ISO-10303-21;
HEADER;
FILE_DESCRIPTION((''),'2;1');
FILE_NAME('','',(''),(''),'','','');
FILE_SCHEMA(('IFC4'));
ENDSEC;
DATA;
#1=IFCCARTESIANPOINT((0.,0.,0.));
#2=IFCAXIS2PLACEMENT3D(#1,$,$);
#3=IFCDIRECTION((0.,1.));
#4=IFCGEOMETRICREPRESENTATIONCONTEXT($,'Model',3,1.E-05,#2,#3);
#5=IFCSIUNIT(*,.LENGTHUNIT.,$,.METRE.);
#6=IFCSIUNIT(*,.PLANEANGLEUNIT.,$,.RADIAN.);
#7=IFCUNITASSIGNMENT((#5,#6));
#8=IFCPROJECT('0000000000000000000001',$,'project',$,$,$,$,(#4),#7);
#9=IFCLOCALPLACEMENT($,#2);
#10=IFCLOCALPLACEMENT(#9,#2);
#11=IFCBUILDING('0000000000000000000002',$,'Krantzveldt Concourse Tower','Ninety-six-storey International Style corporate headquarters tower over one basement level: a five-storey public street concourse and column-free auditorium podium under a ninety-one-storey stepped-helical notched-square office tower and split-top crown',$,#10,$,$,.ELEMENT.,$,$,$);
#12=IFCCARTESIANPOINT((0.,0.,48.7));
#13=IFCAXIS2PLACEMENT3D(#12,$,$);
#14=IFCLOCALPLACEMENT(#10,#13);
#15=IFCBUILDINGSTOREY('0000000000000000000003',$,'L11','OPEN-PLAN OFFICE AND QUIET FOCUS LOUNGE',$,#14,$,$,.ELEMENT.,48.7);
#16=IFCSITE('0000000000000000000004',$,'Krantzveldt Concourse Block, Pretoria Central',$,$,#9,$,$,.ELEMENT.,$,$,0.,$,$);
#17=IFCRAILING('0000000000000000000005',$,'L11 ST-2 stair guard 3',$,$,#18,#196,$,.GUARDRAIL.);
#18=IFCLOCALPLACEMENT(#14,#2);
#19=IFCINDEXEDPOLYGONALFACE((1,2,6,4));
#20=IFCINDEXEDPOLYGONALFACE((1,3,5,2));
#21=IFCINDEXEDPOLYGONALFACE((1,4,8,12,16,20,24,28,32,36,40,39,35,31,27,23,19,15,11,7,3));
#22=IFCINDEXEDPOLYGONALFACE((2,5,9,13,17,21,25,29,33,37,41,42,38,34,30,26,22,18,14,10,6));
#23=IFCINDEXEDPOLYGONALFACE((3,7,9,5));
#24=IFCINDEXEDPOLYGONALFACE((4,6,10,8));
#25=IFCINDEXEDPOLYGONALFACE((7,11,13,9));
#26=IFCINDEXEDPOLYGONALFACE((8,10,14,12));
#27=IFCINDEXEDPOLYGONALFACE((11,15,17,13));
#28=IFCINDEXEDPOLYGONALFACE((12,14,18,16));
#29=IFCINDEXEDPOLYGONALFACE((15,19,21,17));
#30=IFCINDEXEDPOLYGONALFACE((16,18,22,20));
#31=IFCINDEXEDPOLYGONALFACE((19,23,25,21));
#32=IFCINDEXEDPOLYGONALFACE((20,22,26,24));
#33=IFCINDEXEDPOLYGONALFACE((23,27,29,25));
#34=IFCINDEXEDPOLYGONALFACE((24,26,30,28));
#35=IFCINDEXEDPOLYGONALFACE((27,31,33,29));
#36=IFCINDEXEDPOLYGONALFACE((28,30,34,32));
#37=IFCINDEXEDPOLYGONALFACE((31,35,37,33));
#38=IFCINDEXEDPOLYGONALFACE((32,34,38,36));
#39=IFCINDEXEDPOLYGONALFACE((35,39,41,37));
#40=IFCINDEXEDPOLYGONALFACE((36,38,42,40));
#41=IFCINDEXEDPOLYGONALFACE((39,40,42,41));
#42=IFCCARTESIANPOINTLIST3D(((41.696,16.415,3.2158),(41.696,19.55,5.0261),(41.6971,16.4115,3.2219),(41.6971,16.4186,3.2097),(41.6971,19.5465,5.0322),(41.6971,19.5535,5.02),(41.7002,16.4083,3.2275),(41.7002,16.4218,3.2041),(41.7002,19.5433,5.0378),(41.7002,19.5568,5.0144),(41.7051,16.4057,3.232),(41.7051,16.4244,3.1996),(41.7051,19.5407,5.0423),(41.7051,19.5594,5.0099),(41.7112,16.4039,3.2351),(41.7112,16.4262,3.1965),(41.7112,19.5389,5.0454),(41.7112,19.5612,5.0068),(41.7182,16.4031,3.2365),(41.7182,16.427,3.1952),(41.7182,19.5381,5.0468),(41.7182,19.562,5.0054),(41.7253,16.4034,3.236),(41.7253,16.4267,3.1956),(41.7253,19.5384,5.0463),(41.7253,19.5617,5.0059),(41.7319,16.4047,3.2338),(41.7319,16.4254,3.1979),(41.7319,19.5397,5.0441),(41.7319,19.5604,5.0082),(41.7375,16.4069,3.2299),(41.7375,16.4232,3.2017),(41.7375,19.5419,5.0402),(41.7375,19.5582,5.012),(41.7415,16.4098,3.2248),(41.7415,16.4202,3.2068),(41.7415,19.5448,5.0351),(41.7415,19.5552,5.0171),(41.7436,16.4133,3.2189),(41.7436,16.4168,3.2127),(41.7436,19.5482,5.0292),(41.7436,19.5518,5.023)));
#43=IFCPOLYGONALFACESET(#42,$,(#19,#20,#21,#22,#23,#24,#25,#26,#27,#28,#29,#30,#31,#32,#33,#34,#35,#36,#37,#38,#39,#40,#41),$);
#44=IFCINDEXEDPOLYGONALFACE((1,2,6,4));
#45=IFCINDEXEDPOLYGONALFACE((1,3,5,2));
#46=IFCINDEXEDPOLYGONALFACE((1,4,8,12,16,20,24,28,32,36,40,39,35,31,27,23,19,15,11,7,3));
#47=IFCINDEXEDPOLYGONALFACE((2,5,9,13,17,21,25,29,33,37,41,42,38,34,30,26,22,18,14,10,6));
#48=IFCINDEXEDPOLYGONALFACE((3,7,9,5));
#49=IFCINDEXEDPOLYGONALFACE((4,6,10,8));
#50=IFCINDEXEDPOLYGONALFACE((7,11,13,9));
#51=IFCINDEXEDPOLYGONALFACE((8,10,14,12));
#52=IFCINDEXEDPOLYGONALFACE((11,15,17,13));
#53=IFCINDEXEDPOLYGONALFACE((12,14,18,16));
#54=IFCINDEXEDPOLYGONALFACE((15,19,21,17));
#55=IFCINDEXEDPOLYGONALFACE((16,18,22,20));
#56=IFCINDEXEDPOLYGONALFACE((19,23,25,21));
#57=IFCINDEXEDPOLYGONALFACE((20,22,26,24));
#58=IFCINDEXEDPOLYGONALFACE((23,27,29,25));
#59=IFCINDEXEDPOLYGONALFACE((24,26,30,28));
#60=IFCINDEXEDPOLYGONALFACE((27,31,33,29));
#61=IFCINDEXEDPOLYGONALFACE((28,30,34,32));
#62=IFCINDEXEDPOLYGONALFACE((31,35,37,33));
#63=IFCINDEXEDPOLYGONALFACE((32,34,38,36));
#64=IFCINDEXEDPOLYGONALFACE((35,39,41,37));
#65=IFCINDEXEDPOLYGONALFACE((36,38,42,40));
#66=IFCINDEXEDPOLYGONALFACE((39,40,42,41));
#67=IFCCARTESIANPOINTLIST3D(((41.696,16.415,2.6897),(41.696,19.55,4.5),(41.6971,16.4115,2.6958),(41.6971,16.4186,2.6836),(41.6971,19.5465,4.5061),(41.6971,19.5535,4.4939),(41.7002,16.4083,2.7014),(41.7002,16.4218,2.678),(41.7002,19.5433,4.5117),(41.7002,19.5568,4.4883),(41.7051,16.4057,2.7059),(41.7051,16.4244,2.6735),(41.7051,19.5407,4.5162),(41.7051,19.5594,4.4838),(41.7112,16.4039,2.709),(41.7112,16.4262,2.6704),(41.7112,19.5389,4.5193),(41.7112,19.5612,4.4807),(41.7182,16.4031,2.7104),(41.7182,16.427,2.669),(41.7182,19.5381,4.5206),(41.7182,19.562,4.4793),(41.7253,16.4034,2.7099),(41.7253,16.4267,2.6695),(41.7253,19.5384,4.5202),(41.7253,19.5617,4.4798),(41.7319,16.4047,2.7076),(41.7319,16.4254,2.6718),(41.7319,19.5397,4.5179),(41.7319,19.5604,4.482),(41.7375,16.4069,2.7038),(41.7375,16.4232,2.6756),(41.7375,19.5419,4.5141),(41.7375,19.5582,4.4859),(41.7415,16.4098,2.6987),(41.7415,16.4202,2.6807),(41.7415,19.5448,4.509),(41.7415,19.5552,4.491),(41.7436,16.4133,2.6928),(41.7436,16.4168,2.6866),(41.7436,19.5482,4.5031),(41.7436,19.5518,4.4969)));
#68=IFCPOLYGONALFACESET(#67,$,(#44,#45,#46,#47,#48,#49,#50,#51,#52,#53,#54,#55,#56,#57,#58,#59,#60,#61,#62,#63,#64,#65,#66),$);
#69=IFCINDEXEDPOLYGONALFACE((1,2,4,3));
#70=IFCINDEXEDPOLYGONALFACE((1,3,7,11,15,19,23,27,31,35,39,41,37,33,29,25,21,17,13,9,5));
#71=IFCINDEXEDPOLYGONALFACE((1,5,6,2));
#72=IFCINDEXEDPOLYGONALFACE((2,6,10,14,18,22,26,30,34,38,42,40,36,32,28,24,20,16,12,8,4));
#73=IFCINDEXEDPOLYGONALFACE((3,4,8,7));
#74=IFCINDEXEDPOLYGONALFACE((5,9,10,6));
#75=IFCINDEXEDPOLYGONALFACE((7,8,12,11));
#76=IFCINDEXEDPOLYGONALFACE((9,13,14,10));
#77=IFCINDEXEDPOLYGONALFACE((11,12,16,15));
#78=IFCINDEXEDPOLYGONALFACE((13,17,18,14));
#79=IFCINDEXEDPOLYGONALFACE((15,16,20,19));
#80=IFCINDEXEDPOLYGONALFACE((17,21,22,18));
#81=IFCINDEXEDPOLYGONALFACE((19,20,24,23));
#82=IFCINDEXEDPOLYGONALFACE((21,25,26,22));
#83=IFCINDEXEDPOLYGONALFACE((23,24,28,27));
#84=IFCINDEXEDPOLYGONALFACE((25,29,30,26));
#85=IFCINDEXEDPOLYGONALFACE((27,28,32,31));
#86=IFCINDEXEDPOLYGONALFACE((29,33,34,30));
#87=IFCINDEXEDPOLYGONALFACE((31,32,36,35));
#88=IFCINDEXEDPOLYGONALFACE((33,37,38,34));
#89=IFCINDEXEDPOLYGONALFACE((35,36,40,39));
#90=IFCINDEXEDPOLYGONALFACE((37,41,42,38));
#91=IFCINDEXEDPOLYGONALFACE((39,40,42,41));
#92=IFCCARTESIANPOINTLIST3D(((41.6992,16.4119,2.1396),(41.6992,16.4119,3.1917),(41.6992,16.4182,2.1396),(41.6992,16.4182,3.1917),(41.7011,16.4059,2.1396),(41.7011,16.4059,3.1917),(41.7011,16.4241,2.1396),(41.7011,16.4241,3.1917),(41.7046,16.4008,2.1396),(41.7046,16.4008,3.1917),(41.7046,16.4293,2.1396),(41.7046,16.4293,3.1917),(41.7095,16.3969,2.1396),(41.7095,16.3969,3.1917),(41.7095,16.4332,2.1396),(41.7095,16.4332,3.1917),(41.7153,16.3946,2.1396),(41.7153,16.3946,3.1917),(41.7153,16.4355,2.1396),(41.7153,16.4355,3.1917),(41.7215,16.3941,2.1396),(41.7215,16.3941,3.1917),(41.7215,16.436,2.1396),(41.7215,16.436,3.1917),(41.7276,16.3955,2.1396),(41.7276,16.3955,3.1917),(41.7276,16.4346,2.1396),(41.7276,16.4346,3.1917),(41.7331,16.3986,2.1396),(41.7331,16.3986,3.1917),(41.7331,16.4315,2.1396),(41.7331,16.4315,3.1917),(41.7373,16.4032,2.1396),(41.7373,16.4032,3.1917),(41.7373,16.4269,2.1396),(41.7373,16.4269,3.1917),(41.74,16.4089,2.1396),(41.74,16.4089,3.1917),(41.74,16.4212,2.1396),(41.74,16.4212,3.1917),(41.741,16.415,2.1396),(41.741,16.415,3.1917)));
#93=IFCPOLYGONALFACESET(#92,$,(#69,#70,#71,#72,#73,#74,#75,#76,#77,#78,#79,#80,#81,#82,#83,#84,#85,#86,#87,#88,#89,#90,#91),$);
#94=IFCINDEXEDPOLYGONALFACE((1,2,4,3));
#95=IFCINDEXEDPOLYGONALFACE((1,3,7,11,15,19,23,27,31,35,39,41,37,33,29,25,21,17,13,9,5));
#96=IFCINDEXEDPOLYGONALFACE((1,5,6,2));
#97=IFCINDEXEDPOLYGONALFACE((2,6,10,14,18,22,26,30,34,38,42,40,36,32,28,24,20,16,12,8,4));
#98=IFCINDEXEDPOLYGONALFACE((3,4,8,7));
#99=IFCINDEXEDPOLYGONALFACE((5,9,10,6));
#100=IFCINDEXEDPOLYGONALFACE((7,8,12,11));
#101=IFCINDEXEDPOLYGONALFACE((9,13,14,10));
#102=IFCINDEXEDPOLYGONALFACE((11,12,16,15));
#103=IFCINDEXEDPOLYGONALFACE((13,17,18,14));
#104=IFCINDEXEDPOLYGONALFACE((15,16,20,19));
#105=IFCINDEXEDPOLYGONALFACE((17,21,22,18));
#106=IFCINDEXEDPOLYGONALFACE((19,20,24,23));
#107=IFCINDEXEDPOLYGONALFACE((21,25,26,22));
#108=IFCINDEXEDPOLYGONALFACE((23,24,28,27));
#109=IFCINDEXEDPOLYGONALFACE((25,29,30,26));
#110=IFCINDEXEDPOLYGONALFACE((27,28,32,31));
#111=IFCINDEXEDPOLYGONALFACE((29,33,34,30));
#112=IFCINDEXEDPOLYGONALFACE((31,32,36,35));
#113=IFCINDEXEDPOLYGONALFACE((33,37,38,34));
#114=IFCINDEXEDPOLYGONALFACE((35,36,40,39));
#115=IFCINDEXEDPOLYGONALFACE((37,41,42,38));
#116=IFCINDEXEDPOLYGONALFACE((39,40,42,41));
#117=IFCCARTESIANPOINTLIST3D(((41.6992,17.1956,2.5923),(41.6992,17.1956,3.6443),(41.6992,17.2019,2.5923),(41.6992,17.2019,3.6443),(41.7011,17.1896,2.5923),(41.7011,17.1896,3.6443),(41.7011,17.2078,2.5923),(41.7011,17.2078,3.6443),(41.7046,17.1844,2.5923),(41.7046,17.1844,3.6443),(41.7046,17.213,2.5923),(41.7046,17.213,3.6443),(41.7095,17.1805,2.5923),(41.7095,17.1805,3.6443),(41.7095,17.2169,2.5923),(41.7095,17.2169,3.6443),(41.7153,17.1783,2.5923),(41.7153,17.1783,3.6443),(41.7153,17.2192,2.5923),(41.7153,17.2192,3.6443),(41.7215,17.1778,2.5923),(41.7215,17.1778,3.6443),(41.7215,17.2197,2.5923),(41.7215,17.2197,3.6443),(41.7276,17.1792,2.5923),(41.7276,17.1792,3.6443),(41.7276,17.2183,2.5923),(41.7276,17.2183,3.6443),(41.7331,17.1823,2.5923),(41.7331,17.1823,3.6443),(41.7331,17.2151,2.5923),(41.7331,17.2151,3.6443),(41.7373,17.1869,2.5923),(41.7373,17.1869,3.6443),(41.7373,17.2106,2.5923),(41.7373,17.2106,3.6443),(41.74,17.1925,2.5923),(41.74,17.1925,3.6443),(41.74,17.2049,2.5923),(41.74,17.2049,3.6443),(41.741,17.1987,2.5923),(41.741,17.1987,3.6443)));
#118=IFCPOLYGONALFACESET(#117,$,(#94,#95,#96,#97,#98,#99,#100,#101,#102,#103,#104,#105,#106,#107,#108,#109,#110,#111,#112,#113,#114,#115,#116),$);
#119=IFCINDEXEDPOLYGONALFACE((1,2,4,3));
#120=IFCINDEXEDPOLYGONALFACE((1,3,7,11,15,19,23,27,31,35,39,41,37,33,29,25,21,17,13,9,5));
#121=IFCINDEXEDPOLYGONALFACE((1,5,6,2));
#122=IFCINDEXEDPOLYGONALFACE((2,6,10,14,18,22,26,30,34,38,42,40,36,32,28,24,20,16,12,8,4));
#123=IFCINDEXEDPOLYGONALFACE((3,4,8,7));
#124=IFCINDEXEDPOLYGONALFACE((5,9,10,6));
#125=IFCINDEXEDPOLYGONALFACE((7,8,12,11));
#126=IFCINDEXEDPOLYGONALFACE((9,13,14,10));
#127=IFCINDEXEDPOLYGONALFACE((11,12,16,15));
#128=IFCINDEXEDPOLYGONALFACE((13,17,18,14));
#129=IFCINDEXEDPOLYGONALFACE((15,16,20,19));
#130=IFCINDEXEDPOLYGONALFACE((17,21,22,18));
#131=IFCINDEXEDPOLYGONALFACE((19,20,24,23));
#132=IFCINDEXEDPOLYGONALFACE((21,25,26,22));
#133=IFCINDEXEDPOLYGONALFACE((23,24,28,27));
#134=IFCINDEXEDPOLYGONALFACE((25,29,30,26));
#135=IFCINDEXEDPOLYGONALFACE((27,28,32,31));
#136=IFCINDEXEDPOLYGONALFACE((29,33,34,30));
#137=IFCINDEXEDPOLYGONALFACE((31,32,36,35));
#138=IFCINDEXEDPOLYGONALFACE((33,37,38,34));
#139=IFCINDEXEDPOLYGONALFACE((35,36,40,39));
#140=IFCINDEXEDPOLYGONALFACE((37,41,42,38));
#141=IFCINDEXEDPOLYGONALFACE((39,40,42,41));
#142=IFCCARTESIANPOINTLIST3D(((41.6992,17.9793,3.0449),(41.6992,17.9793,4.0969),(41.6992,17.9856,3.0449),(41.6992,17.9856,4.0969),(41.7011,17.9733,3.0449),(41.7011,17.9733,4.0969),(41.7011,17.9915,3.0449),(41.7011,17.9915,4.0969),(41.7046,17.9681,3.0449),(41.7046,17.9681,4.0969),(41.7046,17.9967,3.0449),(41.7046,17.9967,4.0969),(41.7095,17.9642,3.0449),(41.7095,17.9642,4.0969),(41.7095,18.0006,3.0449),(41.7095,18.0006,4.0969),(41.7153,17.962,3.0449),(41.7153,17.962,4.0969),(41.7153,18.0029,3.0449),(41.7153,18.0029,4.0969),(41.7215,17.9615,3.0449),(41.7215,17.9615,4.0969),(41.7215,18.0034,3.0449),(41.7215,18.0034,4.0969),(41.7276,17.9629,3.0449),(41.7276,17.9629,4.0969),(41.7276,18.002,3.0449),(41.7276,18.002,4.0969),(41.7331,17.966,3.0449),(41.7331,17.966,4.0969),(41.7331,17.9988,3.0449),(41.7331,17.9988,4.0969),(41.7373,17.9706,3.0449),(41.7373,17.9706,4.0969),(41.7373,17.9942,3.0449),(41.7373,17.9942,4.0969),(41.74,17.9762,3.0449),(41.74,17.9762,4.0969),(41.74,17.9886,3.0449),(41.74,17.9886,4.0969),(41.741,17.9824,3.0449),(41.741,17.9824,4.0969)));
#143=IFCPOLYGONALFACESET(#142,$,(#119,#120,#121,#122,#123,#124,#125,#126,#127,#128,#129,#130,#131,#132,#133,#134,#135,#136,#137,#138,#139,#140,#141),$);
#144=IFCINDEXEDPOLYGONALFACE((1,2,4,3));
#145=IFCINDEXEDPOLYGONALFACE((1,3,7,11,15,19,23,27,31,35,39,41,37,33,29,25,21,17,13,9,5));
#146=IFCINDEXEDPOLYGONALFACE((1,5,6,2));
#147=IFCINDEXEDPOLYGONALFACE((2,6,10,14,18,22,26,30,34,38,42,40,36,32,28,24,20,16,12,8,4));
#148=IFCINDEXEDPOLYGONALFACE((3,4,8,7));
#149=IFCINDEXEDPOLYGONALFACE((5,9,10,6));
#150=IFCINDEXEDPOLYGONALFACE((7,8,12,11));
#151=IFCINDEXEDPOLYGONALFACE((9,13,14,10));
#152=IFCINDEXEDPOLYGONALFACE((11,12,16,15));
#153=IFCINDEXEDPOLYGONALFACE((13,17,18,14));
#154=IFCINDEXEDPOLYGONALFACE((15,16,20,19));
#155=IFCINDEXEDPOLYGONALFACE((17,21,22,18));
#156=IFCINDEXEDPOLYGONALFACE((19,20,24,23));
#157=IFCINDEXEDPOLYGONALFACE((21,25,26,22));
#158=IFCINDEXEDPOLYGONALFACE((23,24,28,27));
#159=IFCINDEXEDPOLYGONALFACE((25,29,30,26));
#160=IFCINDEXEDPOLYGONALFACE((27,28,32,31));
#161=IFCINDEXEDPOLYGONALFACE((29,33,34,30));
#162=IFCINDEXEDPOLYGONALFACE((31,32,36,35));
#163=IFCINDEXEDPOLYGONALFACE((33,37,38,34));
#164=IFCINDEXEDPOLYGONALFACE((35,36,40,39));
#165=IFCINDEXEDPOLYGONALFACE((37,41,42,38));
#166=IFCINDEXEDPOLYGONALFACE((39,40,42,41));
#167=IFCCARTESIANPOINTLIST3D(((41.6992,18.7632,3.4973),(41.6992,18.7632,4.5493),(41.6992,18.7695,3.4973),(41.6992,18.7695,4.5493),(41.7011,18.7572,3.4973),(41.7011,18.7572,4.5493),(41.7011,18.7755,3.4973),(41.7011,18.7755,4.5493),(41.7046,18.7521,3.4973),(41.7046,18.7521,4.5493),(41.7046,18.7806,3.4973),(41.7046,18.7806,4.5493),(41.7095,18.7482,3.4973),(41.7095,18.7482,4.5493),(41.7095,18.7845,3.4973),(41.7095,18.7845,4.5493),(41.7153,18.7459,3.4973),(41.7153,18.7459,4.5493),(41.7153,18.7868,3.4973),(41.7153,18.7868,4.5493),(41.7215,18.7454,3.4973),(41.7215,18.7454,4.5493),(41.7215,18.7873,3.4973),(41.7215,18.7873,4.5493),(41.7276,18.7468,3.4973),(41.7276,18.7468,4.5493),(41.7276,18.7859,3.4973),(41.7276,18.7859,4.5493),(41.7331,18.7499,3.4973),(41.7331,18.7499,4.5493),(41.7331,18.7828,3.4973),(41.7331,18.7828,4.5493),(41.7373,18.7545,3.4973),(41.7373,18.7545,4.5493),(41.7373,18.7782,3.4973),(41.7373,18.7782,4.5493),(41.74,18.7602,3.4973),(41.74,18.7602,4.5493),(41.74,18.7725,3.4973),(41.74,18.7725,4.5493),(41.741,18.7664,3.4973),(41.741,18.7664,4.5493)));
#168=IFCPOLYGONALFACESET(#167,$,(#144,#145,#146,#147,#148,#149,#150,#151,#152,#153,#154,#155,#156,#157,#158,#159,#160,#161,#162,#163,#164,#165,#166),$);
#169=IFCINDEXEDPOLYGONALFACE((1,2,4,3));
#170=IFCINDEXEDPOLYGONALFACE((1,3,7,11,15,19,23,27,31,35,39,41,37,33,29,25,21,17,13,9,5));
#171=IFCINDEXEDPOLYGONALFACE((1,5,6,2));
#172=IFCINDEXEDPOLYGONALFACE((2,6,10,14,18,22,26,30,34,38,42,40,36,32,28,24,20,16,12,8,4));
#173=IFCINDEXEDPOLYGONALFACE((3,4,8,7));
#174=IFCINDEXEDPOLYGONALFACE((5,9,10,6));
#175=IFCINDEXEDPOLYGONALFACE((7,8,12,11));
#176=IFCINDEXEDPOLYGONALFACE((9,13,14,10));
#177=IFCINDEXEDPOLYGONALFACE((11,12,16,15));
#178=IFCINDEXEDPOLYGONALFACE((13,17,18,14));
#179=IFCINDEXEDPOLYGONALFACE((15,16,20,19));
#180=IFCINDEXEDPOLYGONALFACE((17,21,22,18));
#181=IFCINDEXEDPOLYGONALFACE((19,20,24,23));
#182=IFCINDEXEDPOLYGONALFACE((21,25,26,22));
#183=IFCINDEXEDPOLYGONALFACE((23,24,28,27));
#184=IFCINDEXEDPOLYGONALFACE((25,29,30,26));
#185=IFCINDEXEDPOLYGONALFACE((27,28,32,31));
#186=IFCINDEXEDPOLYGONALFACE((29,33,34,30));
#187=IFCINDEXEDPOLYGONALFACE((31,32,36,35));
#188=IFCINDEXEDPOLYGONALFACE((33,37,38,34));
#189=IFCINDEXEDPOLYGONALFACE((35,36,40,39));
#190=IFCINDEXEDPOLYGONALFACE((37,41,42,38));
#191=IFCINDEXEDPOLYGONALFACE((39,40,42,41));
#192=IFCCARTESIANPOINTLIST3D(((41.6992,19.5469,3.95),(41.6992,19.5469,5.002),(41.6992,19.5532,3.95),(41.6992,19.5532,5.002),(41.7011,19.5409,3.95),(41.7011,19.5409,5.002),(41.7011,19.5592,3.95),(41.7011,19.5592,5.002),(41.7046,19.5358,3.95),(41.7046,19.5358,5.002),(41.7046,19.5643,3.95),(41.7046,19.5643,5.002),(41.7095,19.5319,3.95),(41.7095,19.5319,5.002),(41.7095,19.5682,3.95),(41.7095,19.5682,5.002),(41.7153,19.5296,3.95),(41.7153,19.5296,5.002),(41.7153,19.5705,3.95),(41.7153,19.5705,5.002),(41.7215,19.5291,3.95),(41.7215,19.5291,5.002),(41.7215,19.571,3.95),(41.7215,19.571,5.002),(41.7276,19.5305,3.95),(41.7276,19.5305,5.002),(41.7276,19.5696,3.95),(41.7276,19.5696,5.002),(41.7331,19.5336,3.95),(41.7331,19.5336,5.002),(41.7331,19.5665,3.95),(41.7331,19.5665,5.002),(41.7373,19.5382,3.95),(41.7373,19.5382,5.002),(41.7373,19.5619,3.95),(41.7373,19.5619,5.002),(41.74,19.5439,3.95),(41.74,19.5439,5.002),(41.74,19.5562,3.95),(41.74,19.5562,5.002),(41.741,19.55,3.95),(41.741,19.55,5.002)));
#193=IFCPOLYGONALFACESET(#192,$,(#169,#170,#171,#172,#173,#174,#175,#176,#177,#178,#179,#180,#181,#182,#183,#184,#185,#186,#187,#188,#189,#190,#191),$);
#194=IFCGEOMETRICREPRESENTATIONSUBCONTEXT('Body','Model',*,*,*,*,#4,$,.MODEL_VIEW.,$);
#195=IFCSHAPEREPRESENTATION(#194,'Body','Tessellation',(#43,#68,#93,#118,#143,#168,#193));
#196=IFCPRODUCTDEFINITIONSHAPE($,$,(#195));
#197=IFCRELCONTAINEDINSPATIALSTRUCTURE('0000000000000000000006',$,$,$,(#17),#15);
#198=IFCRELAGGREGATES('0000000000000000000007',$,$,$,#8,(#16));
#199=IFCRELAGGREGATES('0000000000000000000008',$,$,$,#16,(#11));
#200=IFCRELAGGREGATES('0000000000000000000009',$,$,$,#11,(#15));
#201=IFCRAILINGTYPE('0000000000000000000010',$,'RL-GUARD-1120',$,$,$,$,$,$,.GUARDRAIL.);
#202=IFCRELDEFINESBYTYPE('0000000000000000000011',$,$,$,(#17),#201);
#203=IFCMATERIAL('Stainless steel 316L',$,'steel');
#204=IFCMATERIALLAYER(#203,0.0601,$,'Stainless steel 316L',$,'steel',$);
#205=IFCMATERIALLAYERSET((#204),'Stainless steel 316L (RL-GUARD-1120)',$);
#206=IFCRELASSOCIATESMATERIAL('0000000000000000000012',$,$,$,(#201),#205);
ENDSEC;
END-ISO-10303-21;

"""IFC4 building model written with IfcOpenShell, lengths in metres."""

from ifc_helpers import new_model, si_unit, direction, frame, origin, origin_2d, place, context, subcontext, project, spatial, circle, extrude, material, layer, layer_set, type_object, element, save


model = new_model("IFC4")

# Units and contexts
model_context = context("Model", 3, precision=1e-05, world=origin(), true_north=direction((0.0, 1.0)))
body_context = subcontext(model_context, "Body", "Model", "MODEL_VIEW")
ifc_project = project(units=[si_unit("LENGTHUNIT", "METRE"), si_unit("PLANEANGLEUNIT", "RADIAN")], contexts=[model_context])

# Site, building, storey
site_placement = place(None, origin())
site = spatial("IfcSite", under=ifc_project, at=site_placement, Name="Krantzveldt Concourse Block, Pretoria Central", CompositionType="ELEMENT", RefElevation=0.0)
building_placement = place(site_placement, origin())
building = spatial("IfcBuilding", under=site, at=building_placement, Name="Krantzveldt Concourse Tower", Description="Ninety-six-storey International Style corporate headquarters tower over one basement level: a five-storey public street concourse and column-free auditorium podium under a ninety-one-storey stepped-helical notched-square office tower and split-top crown", CompositionType="ELEMENT")
storey_placement = place(building_placement, frame((0.0, 0.0, 48.7)))
storey = spatial("IfcBuildingStorey", under=building, at=storey_placement, Name="L11", Description="OPEN-PLAN OFFICE AND QUIET FOCUS LOUNGE", CompositionType="ELEMENT", Elevation=48.7)

# Shared definitions
ifc_material_1 = material(Name="Stainless steel 316L", Category="steel")

# Railing
ifc_layer_1 = layer(ifc_material_1, 0.0601, Name="Stainless steel 316L", Category="steel")
ifc_layer_set_1 = layer_set([ifc_layer_1], Name="Stainless steel 316L (RL-GUARD-1120)")
railing_type_1 = type_object("IfcRailingType", Name="RL-GUARD-1120", PredefinedType="GUARDRAIL", material=ifc_layer_set_1)
railing_1_placement = place(storey_placement, frame((41.72, 16.415, 2.1396)))
element("IfcRailing", 1, at=railing_1_placement, inside=storey, type_object=railing_type_1, Name="L11 ST-2 stair guard 3", PredefinedType="GUARDRAIL", context=body_context, shape_type="SweptSolid", body=[
    extrude(circle(Radius=0.0239, at=origin_2d()), frame((0.0, 0.0, 1.0762), z_axis=(0.0, 0.865989, 0.500063), x_axis=(-1.0, 0.0, 0.0)), (0.0, 0.0, 1.0), 3.6201),
    extrude(circle(Radius=0.0239, at=origin_2d()), frame((0.0, 0.0, 0.55), z_axis=(0.0, 0.865989, 0.500063), x_axis=(-1.0, 0.0, 0.0)), (0.0, 0.0, 1.0), 3.6201),
    extrude(circle(Radius=0.021, at=origin_2d()), origin(), (0.0, 0.0, 1.0), 1.052),
    extrude(circle(Radius=0.021, at=origin_2d()), frame((0.0, 0.7837, 0.4526)), (0.0, 0.0, 1.0), 1.052),
    extrude(circle(Radius=0.021, at=origin_2d()), frame((0.0, 1.5674, 0.9053)), (0.0, 0.0, 1.0), 1.052),
    extrude(circle(Radius=0.021, at=origin_2d()), frame((0.0, 2.3513, 1.3577)), (0.0, 0.0, 1.0), 1.052),
    extrude(circle(Radius=0.021, at=origin_2d()), frame((0.0, 3.135, 1.8103)), (0.0, 0.0, 1.0), 1.052),
])

save(model, "model.ifc")
